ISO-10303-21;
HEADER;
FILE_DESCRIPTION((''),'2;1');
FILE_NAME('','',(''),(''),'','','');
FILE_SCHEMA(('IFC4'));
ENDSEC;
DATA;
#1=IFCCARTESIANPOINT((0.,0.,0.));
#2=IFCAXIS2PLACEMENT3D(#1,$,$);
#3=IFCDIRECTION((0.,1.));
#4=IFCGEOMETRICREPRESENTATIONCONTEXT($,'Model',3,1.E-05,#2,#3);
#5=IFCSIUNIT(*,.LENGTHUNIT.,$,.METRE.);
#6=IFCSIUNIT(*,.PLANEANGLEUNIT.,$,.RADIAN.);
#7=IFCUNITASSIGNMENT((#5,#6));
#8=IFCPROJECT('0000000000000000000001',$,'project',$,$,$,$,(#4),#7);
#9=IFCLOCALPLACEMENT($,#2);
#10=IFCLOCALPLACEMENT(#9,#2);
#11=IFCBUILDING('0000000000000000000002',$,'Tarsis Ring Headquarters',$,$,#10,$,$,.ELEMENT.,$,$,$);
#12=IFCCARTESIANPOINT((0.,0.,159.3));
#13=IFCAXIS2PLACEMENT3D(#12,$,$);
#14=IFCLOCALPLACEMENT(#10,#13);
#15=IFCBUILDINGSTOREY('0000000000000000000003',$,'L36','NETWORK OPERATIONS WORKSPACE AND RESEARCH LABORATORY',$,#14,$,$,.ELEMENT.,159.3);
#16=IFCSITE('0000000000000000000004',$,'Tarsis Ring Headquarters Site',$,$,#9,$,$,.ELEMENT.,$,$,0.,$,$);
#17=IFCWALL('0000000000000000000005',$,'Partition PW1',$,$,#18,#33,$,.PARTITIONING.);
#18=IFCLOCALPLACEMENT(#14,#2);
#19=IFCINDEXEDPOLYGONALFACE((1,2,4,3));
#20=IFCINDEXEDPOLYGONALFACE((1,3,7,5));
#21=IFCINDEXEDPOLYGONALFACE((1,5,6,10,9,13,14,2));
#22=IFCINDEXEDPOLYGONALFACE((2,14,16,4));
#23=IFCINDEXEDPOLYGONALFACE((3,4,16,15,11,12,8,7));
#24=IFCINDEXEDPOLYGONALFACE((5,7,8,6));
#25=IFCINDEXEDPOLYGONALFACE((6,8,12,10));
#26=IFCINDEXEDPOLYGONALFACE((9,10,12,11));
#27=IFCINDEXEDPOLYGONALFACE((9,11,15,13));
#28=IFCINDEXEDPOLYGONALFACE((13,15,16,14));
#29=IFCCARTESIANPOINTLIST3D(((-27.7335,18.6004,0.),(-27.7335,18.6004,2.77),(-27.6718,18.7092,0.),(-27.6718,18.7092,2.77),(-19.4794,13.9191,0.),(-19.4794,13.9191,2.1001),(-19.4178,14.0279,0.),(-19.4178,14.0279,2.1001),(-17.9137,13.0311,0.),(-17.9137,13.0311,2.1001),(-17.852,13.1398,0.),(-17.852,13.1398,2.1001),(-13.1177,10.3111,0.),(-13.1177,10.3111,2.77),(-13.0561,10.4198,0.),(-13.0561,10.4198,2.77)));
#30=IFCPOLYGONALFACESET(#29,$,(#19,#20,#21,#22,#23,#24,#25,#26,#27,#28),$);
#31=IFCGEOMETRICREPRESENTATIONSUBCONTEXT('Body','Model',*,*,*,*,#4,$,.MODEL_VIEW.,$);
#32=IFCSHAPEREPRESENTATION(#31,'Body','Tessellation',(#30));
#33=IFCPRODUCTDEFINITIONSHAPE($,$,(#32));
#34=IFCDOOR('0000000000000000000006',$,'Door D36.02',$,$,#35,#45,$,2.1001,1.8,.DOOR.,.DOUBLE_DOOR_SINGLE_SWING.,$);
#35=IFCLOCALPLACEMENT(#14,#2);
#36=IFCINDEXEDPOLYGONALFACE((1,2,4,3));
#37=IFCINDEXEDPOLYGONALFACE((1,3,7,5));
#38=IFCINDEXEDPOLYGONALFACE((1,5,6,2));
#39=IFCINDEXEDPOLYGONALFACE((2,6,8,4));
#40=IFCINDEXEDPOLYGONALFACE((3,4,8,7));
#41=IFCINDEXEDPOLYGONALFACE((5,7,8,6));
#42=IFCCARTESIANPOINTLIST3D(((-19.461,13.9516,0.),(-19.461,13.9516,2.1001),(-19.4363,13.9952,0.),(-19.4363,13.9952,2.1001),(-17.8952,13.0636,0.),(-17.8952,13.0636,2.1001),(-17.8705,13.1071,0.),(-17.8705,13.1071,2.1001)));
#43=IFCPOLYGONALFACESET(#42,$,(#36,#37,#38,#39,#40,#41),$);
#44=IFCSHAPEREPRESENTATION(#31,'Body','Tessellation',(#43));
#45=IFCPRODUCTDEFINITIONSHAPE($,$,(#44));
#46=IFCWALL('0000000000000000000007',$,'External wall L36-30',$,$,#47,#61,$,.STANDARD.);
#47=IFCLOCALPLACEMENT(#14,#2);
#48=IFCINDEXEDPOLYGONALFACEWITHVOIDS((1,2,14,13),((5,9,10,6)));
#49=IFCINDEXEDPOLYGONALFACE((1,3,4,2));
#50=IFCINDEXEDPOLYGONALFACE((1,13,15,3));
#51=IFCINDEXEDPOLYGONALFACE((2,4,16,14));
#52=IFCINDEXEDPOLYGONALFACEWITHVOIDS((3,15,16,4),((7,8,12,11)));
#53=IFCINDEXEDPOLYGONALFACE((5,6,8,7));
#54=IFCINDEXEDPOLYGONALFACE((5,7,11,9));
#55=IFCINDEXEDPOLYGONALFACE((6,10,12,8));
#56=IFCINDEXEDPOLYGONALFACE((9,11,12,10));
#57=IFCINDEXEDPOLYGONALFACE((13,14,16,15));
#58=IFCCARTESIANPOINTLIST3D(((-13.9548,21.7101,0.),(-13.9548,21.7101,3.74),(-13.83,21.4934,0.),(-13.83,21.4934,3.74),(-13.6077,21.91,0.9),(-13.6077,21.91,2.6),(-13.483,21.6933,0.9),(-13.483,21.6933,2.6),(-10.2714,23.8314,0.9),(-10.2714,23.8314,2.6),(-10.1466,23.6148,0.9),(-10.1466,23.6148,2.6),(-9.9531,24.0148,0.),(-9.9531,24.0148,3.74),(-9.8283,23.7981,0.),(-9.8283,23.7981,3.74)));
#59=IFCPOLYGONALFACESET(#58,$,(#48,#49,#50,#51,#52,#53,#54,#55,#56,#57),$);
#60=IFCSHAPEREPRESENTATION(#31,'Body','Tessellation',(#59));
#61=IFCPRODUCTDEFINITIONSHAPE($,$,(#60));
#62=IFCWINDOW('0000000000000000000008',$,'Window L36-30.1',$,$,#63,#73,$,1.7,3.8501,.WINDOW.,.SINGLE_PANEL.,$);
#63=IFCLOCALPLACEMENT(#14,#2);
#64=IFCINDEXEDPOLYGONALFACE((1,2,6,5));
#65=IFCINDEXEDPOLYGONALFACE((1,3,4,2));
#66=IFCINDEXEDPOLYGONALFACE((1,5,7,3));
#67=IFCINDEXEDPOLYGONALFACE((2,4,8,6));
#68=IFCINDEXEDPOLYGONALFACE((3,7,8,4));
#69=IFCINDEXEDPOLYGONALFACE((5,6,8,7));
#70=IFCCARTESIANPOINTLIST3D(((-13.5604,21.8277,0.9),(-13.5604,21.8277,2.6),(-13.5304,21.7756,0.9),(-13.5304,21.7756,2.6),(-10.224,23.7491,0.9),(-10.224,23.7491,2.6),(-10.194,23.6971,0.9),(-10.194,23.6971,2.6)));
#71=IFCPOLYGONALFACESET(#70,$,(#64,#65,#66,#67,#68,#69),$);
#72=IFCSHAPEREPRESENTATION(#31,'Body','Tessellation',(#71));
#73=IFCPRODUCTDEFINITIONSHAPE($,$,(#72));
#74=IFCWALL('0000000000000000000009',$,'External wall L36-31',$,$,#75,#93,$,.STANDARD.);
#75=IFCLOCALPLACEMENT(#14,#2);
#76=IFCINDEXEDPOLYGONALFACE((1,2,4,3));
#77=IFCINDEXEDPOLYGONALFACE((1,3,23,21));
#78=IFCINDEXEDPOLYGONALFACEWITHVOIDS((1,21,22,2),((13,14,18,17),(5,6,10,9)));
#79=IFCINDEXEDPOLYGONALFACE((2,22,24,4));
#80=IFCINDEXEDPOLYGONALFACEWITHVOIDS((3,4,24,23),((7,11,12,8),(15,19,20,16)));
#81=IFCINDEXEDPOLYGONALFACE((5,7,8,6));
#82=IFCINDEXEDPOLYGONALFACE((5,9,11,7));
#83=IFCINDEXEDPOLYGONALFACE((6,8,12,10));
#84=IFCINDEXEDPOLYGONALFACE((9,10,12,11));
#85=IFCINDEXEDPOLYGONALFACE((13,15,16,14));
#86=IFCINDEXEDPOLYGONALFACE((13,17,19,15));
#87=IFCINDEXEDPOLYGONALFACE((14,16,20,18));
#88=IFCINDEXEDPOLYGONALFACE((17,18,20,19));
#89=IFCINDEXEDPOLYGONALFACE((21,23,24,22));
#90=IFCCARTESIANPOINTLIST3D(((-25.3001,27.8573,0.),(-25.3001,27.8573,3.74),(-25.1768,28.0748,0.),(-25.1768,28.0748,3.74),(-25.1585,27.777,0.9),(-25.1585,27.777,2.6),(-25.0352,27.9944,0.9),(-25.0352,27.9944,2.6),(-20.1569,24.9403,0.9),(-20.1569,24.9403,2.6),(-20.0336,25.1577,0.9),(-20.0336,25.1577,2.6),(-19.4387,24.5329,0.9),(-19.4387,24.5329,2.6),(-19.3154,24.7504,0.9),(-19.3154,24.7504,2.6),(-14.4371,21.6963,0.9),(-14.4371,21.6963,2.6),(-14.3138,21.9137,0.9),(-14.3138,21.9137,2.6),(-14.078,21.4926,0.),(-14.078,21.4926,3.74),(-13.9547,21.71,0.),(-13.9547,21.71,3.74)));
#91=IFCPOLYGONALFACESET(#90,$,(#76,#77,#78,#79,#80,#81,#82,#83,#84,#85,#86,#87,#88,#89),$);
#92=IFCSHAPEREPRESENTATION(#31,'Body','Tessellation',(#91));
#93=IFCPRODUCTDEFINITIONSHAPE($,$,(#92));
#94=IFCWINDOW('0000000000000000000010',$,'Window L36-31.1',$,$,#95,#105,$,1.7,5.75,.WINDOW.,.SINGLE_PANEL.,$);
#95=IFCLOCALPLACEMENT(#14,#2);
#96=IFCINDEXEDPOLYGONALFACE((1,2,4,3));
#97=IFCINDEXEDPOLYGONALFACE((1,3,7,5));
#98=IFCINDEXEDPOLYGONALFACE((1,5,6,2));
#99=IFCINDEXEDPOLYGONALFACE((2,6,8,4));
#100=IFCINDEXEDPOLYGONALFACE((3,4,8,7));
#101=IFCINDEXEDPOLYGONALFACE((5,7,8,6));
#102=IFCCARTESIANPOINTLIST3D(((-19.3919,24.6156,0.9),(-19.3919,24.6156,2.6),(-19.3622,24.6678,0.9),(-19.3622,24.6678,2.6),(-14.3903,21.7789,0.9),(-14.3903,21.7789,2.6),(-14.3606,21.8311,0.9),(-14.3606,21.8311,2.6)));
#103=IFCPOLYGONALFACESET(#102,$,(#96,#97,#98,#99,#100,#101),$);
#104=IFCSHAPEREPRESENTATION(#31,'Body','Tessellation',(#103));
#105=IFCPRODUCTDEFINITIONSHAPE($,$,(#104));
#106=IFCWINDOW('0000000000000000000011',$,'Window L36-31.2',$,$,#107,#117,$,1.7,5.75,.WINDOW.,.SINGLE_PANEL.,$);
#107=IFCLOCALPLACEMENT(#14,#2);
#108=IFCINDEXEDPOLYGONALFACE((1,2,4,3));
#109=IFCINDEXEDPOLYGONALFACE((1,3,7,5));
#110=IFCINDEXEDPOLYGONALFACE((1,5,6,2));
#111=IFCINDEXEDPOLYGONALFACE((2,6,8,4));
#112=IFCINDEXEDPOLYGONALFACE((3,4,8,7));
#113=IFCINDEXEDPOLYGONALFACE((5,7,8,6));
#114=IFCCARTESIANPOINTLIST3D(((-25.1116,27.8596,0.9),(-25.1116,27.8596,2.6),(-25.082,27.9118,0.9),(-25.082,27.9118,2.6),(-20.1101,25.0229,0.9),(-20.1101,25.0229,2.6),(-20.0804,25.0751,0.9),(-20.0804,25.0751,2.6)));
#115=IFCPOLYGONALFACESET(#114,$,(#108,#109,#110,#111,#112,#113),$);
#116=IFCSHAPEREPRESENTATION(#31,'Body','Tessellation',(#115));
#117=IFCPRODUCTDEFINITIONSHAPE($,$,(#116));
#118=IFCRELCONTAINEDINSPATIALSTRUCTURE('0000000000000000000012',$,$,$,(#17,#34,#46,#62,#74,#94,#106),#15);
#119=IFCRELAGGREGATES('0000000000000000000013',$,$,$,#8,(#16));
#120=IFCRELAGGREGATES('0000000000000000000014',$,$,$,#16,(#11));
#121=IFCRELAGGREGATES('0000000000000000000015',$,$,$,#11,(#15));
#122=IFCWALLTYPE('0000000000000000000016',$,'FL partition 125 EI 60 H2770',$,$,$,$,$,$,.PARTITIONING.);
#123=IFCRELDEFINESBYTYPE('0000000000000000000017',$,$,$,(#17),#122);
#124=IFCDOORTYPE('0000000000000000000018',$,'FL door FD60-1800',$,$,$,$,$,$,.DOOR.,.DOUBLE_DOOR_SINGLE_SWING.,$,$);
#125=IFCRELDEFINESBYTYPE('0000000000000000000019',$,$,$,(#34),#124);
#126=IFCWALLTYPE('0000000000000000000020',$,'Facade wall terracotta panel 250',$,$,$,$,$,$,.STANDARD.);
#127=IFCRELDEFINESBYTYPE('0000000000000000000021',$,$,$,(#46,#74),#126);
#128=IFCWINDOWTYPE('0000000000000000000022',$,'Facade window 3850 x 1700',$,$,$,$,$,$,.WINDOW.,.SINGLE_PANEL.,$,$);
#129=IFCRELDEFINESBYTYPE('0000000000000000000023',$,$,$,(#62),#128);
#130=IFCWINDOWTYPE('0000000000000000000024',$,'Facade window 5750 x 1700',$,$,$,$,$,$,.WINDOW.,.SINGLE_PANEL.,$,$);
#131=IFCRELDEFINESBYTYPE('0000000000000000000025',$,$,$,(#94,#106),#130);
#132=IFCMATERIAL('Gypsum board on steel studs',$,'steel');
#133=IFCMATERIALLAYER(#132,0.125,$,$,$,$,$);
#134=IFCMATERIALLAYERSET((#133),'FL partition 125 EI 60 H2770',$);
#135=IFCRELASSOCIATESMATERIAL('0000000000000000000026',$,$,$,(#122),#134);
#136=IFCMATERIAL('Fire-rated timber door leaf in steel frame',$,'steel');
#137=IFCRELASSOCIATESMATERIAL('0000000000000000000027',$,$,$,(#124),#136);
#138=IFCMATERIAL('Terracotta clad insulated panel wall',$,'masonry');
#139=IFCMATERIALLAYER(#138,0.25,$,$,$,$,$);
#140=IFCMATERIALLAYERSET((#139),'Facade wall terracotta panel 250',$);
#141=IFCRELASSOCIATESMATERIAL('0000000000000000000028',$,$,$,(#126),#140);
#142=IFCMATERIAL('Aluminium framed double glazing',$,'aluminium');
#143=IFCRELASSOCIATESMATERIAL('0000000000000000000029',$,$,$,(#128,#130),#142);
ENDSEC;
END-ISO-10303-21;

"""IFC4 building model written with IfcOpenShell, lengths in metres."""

from ifc_helpers import new_model, si_unit, direction, frame, frame_2d, origin, place, context, subcontext, project, spatial, rectangle, extrude, material, layer, layer_set, type_object, element, fill, save


model = new_model("IFC4")

# Units and contexts
model_context = context("Model", 3, precision=1e-05, world=origin(), true_north=direction((0.0, 1.0)))
body_context = subcontext(model_context, "Body", "Model", "MODEL_VIEW")
ifc_project = project(units=[si_unit("LENGTHUNIT", "METRE"), si_unit("PLANEANGLEUNIT", "RADIAN")], contexts=[model_context])

# Site, building, storey
site_placement = place(None, origin())
site = spatial("IfcSite", under=ifc_project, at=site_placement, Name="Tarsis Ring Headquarters Site", CompositionType="ELEMENT", RefElevation=0.0)
building_placement = place(site_placement, origin())
building = spatial("IfcBuilding", under=site, at=building_placement, Name="Tarsis Ring Headquarters", CompositionType="ELEMENT")
storey_placement = place(building_placement, frame((0.0, 0.0, 159.3)))
storey = spatial("IfcBuildingStorey", under=building, at=storey_placement, Name="L36", Description="NETWORK OPERATIONS WORKSPACE AND RESEARCH LABORATORY", CompositionType="ELEMENT", Elevation=159.3)

# Shared definitions
ifc_material_1 = material(Name="Gypsum board on steel studs", Category="steel")

# Shared definitions
ifc_layer_1 = layer(ifc_material_1, 0.125)
ifc_layer_set_1 = layer_set([ifc_layer_1], Name="FL partition 125 EI 60 H2770")
wall_type_1 = type_object("IfcWallType", Name="FL partition 125 EI 60 H2770", PredefinedType="PARTITIONING", material=ifc_layer_set_1)
ifc_material_2 = material(Name="Fire-rated timber door leaf in steel frame", Category="steel")

# Wall, opening, door
wall_1_placement = place(storey_placement, frame((-27.7026, 18.6548, 0.0), z_axis=(0.0, 0.0, 1.0), x_axis=(0.869842, -0.493331, 0.0)))
wall_1 = element("IfcWall", 1, at=wall_1_placement, inside=storey, type_object=wall_type_1, Name="Partition PW1", PredefinedType="PARTITIONING", context=body_context, shape_type="SweptSolid", body=[
    extrude(rectangle(XDim=16.8027, YDim=0.125, at=frame_2d((8.4014, 0.0))), origin(), (0.0, 0.0, 1.0), 2.77),
])
opening_1_placement = place(wall_1_placement, frame((9.4893, 0.0, 0.0)))
opening_1 = element("IfcOpeningElement", 2, at=opening_1_placement, cuts=wall_1, PredefinedType="OPENING", context=body_context, shape_type="SweptSolid", body=[
    extrude(rectangle(XDim=1.8, YDim=2.1001, at=frame_2d((0.8999, 1.05))), frame((0.0, 0.0725, 0.0), z_axis=(0.0, -1.0, 0.0), x_axis=(1.0, 0.0, 0.0)), (0.0, 0.0, 1.0), 0.145),
])
door_type_1 = type_object("IfcDoorType", Name="FL door FD60-1800", OperationType="DOUBLE_DOOR_SINGLE_SWING", PredefinedType="DOOR", material=ifc_material_2)
door_1_placement = place(opening_1_placement, origin())
door_1 = element("IfcDoor", 3, at=door_1_placement, inside=storey, type_object=door_type_1, Name="Door D36.02", OperationType="DOUBLE_DOOR_SINGLE_SWING", OverallHeight=2.1001, OverallWidth=1.8, PredefinedType="DOOR", context=body_context, shape_type="SweptSolid", body=[
    extrude(rectangle(XDim=1.8, YDim=2.1001, at=frame_2d((0.8999, 1.05))), frame((0.0, 0.0249, 0.0), z_axis=(0.0, -1.0, 0.0), x_axis=(1.0, 0.0, 0.0)), (0.0, 0.0, 1.0), 0.05),
])
fill(opening_1, door_1)

# Wall, opening, window
ifc_material_3 = material(Name="Terracotta clad insulated panel wall", Category="masonry")
ifc_layer_2 = layer(ifc_material_3, 0.25)
ifc_layer_set_2 = layer_set([ifc_layer_2], Name="Facade wall terracotta panel 250")
wall_type_2 = type_object("IfcWallType", Name="Facade wall terracotta panel 250", PredefinedType="STANDARD", material=ifc_layer_set_2)
wall_2_placement = place(storey_placement, frame((-9.8906, 23.9065, 0.0), z_axis=(0.0, 0.0, 1.0), x_axis=(-0.866559, -0.499074, 0.0)))
wall_2 = element("IfcWall", 4, at=wall_2_placement, inside=storey, type_object=wall_type_2, Name="External wall L36-30", PredefinedType="STANDARD", context=body_context, shape_type="SweptSolid", body=[
    extrude(rectangle(XDim=4.6179, YDim=0.25, at=frame_2d((2.3091, 0.0))), origin(), (0.0, 0.0, 1.0), 3.74),
])
opening_2_placement = place(wall_2_placement, frame((0.3674, 0.0, 0.8999)))
opening_2 = element("IfcOpeningElement", 5, at=opening_2_placement, cuts=wall_2, PredefinedType="OPENING", context=body_context, shape_type="SweptSolid", body=[
    extrude(rectangle(XDim=3.8501, YDim=1.7, at=frame_2d((1.925, 0.8501))), frame((0.0, 0.135, 0.0), z_axis=(0.0, -1.0, 0.0), x_axis=(1.0, 0.0, 0.0)), (0.0, 0.0, 1.0), 0.27),
])
ifc_material_4 = material(Name="Aluminium framed double glazing", Category="aluminium")
window_type_1 = type_object("IfcWindowType", Name="Facade window 3850 x 1700", PartitioningType="SINGLE_PANEL", PredefinedType="WINDOW", material=ifc_material_4)
window_1_placement = place(opening_2_placement, origin())
window_1 = element("IfcWindow", 6, at=window_1_placement, inside=storey, type_object=window_type_1, Name="Window L36-30.1", OverallHeight=1.7, OverallWidth=3.8501, PartitioningType="SINGLE_PANEL", PredefinedType="WINDOW", context=body_context, shape_type="SweptSolid", body=[
    extrude(rectangle(XDim=3.8501, YDim=1.7, at=frame_2d((1.925, 0.8501))), frame((0.0, 0.03, 0.0), z_axis=(0.0, -1.0, 0.0), x_axis=(1.0, 0.0, 0.0)), (0.0, 0.0, 1.0), 0.0601),
])
fill(opening_2, window_1)

# Wall, openings, windows
wall_3_placement = place(storey_placement, frame((-14.0164, 21.6013, 0.0), z_axis=(0.0, 0.0, 1.0), x_axis=(-0.869839, 0.493336, 0.0)))
wall_3 = element("IfcWall", 7, at=wall_3_placement, inside=storey, type_object=wall_type_2, Name="External wall L36-31", PredefinedType="STANDARD", context=body_context, shape_type="SweptSolid", body=[
    extrude(rectangle(XDim=12.9014, YDim=0.25, at=frame_2d((6.4507, 0.0))), origin(), (0.0, 0.0, 1.0), 3.74),
])
opening_3_placement = place(wall_3_placement, frame((0.4128, 0.0, 0.8999)))
opening_3 = element("IfcOpeningElement", 8, at=opening_3_placement, cuts=wall_3, PredefinedType="OPENING", context=body_context, shape_type="SweptSolid", body=[
    extrude(rectangle(XDim=5.75, YDim=1.7, at=frame_2d((2.875, 0.8501))), frame((0.0, 0.135, 0.0), z_axis=(0.0, -1.0, 0.0), x_axis=(1.0, 0.0, 0.0)), (0.0, 0.0, 1.0), 0.27),
])
opening_4_placement = place(wall_3_placement, frame((6.9885, 0.0, 0.8999)))
opening_4 = element("IfcOpeningElement", 9, at=opening_4_placement, cuts=wall_3, PredefinedType="OPENING", context=body_context, shape_type="SweptSolid", body=[
    extrude(rectangle(XDim=5.75, YDim=1.7, at=frame_2d((2.875, 0.8501))), frame((0.0, 0.135, 0.0), z_axis=(0.0, -1.0, 0.0), x_axis=(1.0, 0.0, 0.0)), (0.0, 0.0, 1.0), 0.27),
])
window_type_2 = type_object("IfcWindowType", Name="Facade window 5750 x 1700", PartitioningType="SINGLE_PANEL", PredefinedType="WINDOW", material=ifc_material_4)
window_2_placement = place(opening_3_placement, origin())
window_2 = element("IfcWindow", 10, at=window_2_placement, inside=storey, type_object=window_type_2, Name="Window L36-31.1", OverallHeight=1.7, OverallWidth=5.75, PartitioningType="SINGLE_PANEL", PredefinedType="WINDOW", context=body_context, shape_type="SweptSolid", body=[
    extrude(rectangle(XDim=5.75, YDim=1.7, at=frame_2d((2.875, 0.8501))), frame((0.0, 0.03, 0.0), z_axis=(0.0, -1.0, 0.0), x_axis=(1.0, 0.0, 0.0)), (0.0, 0.0, 1.0), 0.0601),
])
fill(opening_3, window_2)
window_3_placement = place(opening_4_placement, origin())
window_3 = element("IfcWindow", 11, at=window_3_placement, inside=storey, type_object=window_type_2, Name="Window L36-31.2", OverallHeight=1.7, OverallWidth=5.75, PartitioningType="SINGLE_PANEL", PredefinedType="WINDOW", context=body_context, shape_type="SweptSolid", body=[
    extrude(rectangle(XDim=5.75, YDim=1.7, at=frame_2d((2.875, 0.8501))), frame((0.0, 0.03, 0.0), z_axis=(0.0, -1.0, 0.0), x_axis=(1.0, 0.0, 0.0)), (0.0, 0.0, 1.0), 0.0601),
])
fill(opening_4, window_3)

save(model, "model.ifc")
